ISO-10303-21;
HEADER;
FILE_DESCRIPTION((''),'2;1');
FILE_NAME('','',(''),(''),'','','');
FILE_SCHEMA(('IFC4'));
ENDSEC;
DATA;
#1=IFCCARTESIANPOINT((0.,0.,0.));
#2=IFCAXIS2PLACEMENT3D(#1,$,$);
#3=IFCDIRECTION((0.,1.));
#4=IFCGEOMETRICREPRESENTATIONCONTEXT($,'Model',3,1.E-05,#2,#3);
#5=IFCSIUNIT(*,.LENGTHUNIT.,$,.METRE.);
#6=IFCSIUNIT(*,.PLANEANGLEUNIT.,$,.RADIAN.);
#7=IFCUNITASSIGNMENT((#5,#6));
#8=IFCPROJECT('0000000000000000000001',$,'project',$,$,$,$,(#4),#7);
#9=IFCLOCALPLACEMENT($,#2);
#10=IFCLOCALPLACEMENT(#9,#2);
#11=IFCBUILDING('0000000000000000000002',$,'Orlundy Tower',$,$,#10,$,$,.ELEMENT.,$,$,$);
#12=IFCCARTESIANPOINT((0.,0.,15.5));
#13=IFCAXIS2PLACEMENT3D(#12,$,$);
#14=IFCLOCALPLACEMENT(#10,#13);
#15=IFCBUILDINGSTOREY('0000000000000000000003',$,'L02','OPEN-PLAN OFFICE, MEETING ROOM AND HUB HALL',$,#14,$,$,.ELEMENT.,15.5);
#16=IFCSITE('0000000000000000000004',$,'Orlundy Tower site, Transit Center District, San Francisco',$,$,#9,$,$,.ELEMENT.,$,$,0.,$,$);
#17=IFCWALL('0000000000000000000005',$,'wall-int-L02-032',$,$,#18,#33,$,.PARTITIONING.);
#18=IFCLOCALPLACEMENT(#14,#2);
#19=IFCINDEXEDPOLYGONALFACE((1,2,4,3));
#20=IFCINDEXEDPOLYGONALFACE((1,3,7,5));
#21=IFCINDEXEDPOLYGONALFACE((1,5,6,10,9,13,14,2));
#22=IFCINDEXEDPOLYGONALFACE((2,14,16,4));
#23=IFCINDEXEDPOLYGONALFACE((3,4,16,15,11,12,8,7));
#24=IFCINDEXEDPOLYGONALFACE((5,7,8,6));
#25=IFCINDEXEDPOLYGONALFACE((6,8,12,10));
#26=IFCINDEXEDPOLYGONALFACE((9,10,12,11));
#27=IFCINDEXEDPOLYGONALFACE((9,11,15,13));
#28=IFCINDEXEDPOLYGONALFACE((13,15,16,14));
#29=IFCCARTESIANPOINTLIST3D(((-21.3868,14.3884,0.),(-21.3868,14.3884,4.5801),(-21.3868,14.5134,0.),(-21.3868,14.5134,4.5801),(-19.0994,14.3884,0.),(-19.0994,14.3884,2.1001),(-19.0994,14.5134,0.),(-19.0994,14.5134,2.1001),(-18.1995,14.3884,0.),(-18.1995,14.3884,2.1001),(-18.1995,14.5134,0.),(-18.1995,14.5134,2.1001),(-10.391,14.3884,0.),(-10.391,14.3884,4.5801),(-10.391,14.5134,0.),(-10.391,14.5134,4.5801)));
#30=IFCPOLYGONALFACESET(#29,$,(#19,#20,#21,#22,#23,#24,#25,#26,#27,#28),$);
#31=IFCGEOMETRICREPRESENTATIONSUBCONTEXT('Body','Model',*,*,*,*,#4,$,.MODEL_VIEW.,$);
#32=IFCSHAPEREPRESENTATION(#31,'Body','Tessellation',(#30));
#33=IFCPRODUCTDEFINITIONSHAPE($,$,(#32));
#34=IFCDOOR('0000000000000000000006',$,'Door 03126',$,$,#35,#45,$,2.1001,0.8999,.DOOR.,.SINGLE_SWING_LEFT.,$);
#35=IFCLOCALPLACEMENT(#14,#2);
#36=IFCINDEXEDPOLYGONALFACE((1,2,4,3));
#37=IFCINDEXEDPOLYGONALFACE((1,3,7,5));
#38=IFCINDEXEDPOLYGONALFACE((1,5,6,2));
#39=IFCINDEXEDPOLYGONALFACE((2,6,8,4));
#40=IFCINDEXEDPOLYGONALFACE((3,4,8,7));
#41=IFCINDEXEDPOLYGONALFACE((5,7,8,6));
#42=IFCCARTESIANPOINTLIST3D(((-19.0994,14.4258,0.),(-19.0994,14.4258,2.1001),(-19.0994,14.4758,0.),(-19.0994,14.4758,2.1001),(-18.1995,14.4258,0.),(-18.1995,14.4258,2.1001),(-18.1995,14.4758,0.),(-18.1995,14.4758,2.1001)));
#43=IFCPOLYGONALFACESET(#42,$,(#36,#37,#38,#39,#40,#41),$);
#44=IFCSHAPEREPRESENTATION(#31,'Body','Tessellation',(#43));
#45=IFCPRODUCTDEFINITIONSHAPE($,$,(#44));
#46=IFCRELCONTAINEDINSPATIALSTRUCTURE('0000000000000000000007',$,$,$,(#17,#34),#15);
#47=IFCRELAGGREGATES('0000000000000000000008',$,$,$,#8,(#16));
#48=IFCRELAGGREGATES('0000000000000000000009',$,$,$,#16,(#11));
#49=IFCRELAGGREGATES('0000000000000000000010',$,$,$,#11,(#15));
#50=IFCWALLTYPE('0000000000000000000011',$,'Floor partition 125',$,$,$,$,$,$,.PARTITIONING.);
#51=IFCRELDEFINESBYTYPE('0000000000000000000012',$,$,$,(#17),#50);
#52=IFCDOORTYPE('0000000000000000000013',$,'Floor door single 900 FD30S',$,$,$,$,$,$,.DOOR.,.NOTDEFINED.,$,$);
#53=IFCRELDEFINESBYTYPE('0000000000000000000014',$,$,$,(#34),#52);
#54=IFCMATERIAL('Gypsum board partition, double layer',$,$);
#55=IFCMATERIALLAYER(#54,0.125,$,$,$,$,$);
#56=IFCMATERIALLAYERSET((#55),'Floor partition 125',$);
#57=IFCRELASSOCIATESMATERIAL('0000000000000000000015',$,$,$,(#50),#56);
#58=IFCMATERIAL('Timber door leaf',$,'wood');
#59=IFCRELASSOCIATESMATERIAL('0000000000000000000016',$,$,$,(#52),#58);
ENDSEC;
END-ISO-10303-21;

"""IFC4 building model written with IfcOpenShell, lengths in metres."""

from ifc_helpers import new_model, si_unit, direction, frame, frame_2d, origin, place, context, subcontext, project, spatial, rectangle, extrude, material, layer, layer_set, type_object, element, fill, save


model = new_model("IFC4")

# Units and contexts
model_context = context("Model", 3, precision=1e-05, world=origin(), true_north=direction((0.0, 1.0)))
body_context = subcontext(model_context, "Body", "Model", "MODEL_VIEW")
ifc_project = project(units=[si_unit("LENGTHUNIT", "METRE"), si_unit("PLANEANGLEUNIT", "RADIAN")], contexts=[model_context])

# Site, building, storey
site_placement = place(None, origin())
site = spatial("IfcSite", under=ifc_project, at=site_placement, Name="Orlundy Tower site, Transit Center District, San Francisco", CompositionType="ELEMENT", RefElevation=0.0)
building_placement = place(site_placement, origin())
building = spatial("IfcBuilding", under=site, at=building_placement, Name="Orlundy Tower", CompositionType="ELEMENT")
storey_placement = place(building_placement, frame((0.0, 0.0, 15.5)))
storey = spatial("IfcBuildingStorey", under=building, at=storey_placement, Name="L02", Description="OPEN-PLAN OFFICE, MEETING ROOM AND HUB HALL", CompositionType="ELEMENT", Elevation=15.5)

# Wall, opening, door
ifc_material_1 = material(Name="Gypsum board partition, double layer")
ifc_layer_1 = layer(ifc_material_1, 0.125)
ifc_layer_set_1 = layer_set([ifc_layer_1], Name="Floor partition 125")
wall_type_1 = type_object("IfcWallType", Name="Floor partition 125", PredefinedType="PARTITIONING", material=ifc_layer_set_1)
wall_1_placement = place(storey_placement, frame((-21.387, 14.4509, 0.0), z_axis=(0.0, 0.0, 1.0), x_axis=(1.0, 0.0, 0.0)))
wall_1 = element("IfcWall", 1, at=wall_1_placement, inside=storey, type_object=wall_type_1, Name="wall-int-L02-032", PredefinedType="PARTITIONING", context=body_context, shape_type="SweptSolid", body=[
    extrude(rectangle(XDim=10.9958, YDim=0.125, at=frame_2d((5.498, 0.0))), origin(), (0.0, 0.0, 1.0), 4.5801),
])
opening_placement = place(wall_1_placement, frame((2.2876, 0.0, 0.0)))
opening = element("IfcOpeningElement", 2, at=opening_placement, cuts=wall_1, PredefinedType="OPENING", context=body_context, shape_type="SweptSolid", body=[
    extrude(rectangle(XDim=0.8999, YDim=2.1001, at=frame_2d((0.45, 1.05))), frame((0.0, 0.0725, 0.0), z_axis=(0.0, -1.0, 0.0), x_axis=(1.0, 0.0, 0.0)), (0.0, 0.0, 1.0), 0.145),
])
ifc_material_2 = material(Name="Timber door leaf", Category="wood")
door_type = type_object("IfcDoorType", Name="Floor door single 900 FD30S", OperationType="NOTDEFINED", PredefinedType="DOOR", material=ifc_material_2)
door_placement = place(opening_placement, origin())
door = element("IfcDoor", 3, at=door_placement, inside=storey, type_object=door_type, Name="Door 03126", OperationType="SINGLE_SWING_LEFT", OverallHeight=2.1001, OverallWidth=0.8999, PredefinedType="DOOR", context=body_context, shape_type="SweptSolid", body=[
    extrude(rectangle(XDim=0.8999, YDim=2.1001, at=frame_2d((0.45, 1.05))), frame((0.0, 0.0249, 0.0), z_axis=(0.0, -1.0, 0.0), x_axis=(1.0, 0.0, 0.0)), (0.0, 0.0, 1.0), 0.05),
])
fill(opening, door)

save(model, "model.ifc")
